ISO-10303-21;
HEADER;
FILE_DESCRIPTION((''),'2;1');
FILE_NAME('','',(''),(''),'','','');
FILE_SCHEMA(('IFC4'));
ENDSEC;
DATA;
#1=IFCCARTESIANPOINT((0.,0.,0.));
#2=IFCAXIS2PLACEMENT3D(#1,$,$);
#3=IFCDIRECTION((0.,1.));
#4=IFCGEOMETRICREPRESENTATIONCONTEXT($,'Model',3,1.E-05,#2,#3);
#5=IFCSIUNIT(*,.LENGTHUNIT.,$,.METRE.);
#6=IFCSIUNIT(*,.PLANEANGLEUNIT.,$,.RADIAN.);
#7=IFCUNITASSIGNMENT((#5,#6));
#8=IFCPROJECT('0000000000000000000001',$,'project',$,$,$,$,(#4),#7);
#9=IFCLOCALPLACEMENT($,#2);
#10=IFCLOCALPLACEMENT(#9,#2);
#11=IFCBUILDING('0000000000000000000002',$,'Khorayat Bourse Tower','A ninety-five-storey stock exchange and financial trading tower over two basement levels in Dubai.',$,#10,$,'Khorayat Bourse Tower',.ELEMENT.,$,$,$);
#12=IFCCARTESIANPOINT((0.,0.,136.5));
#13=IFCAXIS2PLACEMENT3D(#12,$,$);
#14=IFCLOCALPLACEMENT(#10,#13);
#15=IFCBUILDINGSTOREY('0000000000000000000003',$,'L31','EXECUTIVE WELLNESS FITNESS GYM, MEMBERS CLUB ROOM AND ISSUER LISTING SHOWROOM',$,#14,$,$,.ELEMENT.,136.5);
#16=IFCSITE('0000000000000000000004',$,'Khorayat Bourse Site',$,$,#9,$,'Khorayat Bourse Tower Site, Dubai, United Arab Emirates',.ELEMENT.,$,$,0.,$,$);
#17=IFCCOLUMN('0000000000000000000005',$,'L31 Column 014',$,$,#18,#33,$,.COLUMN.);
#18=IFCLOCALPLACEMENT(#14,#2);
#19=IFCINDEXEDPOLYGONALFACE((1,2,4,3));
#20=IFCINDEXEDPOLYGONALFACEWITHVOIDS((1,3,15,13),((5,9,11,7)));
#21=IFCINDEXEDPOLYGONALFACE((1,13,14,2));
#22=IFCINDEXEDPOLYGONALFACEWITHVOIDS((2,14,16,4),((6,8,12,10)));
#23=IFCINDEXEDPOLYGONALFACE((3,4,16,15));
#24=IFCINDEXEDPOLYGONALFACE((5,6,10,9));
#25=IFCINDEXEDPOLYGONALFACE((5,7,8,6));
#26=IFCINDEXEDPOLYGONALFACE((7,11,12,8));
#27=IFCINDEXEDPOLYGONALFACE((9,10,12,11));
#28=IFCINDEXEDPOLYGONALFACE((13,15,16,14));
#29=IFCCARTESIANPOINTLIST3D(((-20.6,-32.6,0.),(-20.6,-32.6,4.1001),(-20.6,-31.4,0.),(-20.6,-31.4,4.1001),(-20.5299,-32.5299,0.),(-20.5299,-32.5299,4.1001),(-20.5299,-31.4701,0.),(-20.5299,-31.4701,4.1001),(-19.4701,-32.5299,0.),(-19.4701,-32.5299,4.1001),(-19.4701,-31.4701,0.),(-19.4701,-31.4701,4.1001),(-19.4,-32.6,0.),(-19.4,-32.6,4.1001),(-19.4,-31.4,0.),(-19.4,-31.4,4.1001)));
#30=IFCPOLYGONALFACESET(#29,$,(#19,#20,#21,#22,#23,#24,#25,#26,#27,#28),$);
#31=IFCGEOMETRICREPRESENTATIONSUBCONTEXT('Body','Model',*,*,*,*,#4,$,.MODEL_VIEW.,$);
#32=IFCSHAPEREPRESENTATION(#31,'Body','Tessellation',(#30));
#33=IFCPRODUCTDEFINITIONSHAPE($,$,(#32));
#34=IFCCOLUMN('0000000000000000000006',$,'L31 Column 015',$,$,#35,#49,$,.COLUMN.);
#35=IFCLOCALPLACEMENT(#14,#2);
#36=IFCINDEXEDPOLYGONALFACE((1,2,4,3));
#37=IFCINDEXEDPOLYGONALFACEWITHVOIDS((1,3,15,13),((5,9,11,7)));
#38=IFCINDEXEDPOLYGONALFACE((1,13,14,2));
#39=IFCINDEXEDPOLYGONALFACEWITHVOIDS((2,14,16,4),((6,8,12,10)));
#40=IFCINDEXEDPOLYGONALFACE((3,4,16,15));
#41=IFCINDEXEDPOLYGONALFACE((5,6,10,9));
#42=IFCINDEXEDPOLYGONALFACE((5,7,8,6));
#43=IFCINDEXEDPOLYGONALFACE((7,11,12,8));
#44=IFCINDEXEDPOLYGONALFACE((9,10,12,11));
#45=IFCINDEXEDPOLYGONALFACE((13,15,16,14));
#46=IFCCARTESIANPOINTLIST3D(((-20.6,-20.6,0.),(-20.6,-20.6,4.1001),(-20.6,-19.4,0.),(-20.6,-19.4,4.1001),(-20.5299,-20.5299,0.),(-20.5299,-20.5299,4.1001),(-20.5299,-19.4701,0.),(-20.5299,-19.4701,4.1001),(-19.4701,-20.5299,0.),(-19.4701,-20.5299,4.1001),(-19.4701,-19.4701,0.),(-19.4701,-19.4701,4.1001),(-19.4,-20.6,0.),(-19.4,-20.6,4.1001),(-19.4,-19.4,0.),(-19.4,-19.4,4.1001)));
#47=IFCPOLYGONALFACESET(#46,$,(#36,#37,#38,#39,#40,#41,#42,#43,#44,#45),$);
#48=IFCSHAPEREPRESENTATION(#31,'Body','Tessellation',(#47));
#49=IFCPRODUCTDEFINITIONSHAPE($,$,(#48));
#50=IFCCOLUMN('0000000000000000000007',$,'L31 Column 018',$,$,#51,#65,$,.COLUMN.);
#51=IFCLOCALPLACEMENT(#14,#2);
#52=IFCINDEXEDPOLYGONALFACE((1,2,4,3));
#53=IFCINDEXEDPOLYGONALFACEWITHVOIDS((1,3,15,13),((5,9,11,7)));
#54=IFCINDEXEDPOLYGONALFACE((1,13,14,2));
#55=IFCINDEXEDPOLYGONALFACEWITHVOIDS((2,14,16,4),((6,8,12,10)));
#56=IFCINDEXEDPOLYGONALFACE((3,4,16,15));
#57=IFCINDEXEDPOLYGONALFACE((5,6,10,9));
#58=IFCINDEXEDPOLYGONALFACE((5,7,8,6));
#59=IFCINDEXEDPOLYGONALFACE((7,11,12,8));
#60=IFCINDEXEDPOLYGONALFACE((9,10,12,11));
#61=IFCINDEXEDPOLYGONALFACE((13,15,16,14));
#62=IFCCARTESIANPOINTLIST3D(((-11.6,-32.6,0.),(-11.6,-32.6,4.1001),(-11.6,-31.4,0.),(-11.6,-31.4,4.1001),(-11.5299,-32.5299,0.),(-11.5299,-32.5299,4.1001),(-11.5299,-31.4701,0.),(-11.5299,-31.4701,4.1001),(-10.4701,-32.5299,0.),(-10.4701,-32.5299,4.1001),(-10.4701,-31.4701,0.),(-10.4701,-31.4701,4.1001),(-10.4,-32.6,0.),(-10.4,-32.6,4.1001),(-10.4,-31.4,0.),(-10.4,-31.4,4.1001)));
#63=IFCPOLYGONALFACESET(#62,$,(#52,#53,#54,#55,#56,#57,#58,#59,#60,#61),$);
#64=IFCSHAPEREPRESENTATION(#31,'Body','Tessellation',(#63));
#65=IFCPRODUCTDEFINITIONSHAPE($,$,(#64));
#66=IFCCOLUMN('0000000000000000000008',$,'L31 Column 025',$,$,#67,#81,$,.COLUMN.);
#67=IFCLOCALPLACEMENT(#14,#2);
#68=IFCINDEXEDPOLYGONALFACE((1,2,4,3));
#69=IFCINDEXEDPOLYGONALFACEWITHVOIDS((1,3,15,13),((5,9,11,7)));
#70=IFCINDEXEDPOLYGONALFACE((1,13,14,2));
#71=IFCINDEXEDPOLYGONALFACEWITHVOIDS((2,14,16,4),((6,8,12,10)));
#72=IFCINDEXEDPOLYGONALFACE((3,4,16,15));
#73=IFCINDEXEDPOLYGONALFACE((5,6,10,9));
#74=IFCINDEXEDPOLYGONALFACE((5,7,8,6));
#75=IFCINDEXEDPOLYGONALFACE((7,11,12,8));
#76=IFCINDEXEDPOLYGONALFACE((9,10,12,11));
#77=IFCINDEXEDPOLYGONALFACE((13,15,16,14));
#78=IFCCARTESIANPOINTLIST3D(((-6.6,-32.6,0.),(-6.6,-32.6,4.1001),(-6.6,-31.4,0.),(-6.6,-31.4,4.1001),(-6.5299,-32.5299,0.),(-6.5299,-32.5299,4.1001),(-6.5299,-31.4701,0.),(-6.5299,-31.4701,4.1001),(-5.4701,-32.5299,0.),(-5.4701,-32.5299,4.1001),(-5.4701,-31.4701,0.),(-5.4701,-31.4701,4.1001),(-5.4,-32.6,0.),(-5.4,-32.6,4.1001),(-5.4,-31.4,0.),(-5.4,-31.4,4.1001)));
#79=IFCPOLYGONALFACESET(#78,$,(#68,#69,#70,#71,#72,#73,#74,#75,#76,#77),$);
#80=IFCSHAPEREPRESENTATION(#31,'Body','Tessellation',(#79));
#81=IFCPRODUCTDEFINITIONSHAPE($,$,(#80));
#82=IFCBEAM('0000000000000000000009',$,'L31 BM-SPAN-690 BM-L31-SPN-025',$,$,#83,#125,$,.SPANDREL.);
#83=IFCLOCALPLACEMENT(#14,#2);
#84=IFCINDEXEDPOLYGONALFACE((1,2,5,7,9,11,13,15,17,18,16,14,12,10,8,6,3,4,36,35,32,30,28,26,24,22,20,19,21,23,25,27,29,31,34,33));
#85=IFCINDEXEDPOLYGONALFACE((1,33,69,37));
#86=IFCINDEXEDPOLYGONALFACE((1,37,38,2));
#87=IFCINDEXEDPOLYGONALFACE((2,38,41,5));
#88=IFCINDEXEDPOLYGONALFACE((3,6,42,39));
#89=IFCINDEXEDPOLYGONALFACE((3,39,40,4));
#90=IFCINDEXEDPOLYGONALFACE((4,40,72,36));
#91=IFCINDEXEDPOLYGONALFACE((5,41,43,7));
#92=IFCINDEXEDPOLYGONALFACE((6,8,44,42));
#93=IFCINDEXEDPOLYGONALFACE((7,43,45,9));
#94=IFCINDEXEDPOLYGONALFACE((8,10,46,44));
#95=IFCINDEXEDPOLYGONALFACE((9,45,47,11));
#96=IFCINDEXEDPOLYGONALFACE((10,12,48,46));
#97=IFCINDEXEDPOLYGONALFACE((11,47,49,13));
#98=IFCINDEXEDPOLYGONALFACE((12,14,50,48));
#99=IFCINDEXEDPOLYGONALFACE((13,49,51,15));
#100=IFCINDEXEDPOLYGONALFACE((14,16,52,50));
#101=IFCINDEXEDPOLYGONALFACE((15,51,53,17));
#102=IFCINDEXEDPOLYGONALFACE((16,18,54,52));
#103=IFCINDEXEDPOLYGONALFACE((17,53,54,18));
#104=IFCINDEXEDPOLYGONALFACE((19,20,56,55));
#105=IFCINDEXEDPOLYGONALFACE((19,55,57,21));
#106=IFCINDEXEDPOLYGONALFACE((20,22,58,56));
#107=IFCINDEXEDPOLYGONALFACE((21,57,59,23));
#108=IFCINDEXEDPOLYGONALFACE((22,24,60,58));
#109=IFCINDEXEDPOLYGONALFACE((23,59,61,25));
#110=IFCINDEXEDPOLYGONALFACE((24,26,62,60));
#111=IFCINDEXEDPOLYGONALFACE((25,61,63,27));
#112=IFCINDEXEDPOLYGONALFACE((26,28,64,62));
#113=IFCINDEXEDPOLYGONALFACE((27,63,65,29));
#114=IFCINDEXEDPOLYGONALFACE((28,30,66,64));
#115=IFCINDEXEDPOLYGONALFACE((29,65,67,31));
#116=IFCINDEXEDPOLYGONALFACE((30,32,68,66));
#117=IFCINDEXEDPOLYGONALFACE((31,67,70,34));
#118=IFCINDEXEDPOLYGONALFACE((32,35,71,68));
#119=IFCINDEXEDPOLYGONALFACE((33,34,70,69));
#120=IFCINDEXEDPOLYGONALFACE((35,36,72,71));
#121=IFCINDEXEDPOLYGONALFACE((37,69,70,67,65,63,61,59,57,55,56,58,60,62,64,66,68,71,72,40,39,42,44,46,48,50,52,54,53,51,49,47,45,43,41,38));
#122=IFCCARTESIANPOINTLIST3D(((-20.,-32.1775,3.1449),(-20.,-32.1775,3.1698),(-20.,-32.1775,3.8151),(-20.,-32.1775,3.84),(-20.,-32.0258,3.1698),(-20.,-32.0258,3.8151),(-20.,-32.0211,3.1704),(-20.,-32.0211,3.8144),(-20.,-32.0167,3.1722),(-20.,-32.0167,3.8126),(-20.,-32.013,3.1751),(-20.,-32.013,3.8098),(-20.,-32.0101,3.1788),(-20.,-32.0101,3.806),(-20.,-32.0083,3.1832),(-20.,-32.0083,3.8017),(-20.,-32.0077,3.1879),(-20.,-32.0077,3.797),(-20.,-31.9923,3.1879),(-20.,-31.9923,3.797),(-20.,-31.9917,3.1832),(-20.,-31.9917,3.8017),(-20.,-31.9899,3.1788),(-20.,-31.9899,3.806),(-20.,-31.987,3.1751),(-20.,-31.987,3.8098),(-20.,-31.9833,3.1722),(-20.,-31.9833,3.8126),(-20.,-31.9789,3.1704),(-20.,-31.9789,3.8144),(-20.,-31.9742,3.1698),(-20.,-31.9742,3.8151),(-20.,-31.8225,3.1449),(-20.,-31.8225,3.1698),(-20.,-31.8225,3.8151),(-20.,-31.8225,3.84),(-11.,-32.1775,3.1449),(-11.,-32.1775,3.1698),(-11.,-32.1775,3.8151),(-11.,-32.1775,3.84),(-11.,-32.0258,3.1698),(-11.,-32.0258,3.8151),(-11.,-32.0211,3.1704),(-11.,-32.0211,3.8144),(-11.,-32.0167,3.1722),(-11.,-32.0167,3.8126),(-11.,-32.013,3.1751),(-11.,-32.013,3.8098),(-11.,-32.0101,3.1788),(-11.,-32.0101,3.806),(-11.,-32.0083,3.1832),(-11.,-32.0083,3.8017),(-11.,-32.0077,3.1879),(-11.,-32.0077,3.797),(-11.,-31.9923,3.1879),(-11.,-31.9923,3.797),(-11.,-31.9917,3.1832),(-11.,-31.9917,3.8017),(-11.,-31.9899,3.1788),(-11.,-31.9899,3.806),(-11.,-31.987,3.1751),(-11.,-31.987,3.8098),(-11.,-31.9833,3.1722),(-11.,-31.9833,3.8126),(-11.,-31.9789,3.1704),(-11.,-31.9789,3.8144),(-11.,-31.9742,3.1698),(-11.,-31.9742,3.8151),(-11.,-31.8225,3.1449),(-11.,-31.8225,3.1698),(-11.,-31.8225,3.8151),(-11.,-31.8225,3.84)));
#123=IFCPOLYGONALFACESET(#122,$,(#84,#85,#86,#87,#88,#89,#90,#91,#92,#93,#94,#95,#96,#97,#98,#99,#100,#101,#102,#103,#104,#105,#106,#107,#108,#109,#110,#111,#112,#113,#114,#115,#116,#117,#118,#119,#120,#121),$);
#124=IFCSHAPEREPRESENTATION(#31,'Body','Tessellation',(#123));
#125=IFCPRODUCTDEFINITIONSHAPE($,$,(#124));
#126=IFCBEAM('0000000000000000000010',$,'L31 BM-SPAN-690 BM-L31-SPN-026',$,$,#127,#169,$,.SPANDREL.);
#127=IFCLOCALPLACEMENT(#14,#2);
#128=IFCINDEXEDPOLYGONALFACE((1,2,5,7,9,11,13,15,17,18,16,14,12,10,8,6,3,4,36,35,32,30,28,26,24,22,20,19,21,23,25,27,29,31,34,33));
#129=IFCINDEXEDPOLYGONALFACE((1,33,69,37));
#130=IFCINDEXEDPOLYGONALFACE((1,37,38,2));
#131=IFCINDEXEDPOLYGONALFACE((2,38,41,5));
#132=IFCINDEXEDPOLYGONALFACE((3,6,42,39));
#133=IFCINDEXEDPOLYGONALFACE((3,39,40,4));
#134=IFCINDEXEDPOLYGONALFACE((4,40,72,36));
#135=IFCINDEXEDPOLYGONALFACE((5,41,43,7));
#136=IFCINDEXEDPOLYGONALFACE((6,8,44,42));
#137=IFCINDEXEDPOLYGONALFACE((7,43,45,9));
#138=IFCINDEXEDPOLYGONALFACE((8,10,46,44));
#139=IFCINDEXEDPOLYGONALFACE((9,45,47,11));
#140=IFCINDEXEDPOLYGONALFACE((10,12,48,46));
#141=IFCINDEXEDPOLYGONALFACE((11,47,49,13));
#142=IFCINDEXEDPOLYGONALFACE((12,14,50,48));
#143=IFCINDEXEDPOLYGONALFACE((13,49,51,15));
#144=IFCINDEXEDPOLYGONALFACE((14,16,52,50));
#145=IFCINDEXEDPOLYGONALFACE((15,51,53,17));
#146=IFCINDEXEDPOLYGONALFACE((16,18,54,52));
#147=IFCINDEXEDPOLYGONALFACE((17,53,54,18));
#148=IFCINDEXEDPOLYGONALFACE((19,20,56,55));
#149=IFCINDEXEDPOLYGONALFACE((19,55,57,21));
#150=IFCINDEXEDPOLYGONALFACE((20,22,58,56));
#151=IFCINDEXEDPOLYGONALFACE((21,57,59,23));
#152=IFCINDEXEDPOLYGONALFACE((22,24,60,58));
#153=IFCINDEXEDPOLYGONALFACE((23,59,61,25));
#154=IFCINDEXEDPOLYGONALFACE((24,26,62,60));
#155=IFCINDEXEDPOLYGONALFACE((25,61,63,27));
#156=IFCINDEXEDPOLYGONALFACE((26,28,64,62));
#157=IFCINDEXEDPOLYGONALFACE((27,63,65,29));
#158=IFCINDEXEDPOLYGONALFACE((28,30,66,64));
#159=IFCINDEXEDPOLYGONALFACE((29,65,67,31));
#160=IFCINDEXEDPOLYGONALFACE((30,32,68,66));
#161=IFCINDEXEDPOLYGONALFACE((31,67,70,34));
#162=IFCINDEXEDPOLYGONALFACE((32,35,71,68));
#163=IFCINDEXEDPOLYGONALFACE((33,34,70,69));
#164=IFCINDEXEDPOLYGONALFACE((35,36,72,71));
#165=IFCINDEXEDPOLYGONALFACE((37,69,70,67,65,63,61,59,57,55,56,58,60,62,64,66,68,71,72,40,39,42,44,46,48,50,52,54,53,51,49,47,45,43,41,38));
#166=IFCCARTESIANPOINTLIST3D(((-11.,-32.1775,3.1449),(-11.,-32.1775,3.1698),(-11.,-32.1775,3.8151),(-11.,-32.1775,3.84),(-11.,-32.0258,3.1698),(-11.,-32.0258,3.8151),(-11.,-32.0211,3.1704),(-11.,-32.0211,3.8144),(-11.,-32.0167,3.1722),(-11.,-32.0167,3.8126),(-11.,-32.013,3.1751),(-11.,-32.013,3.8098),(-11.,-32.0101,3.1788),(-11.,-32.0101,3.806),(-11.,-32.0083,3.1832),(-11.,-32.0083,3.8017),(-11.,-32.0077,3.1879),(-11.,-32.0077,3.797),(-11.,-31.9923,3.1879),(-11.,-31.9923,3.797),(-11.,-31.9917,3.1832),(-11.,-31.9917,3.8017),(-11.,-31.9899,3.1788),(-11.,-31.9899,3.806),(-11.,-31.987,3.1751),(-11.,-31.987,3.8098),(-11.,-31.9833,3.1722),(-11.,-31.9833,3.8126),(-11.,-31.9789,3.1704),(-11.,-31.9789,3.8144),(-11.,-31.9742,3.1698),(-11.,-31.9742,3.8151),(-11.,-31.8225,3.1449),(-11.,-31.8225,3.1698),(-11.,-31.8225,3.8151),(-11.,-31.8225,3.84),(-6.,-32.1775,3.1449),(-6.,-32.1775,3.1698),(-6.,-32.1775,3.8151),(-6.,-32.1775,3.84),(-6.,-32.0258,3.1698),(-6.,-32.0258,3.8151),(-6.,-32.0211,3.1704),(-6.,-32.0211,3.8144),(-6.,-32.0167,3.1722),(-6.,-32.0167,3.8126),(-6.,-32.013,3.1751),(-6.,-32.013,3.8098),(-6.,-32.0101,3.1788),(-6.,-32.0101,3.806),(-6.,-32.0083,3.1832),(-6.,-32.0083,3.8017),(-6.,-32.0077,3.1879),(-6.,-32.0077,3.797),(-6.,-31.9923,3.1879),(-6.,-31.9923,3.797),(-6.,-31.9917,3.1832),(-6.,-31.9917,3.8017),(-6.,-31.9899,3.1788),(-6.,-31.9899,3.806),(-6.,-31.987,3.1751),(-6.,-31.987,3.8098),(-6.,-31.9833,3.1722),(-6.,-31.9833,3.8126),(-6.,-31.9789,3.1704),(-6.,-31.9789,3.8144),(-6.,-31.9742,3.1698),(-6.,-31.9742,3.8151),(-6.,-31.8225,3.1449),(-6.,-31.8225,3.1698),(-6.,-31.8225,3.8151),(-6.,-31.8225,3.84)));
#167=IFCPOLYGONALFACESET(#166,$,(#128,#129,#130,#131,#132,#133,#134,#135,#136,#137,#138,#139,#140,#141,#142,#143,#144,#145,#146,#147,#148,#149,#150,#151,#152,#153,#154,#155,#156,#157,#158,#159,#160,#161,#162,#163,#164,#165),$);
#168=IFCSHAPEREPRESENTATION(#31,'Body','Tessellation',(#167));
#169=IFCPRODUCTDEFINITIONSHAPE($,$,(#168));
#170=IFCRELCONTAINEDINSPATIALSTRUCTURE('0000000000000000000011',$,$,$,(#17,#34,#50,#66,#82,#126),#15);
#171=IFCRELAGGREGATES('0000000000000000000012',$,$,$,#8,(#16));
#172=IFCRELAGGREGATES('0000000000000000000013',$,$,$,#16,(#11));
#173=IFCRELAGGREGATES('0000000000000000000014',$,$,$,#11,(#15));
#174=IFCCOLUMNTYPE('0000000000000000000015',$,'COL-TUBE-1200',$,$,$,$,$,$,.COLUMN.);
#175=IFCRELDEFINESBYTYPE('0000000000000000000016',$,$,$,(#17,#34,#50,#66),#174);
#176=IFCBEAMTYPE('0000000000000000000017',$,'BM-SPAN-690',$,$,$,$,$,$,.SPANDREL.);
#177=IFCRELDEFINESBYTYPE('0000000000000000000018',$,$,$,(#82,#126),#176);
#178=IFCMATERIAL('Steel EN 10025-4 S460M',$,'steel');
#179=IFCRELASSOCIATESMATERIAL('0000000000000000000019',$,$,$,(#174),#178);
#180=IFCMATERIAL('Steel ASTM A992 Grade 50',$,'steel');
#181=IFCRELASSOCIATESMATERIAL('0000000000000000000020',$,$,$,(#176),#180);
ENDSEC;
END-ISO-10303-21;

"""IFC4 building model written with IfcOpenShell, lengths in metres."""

from ifc_helpers import new_model, si_unit, direction, frame, origin, origin_2d, place, context, subcontext, project, spatial, hollow_rectangle, i_section, extrude, source, transform, mapped, material, material_profile, profile_set, type_object, element, save


model = new_model("IFC4")

# Units and contexts
model_context = context("Model", 3, precision=1e-05, world=origin(), true_north=direction((0.0, 1.0)))
body_context = subcontext(model_context, "Body", "Model", "MODEL_VIEW")
ifc_project = project(units=[si_unit("LENGTHUNIT", "METRE"), si_unit("PLANEANGLEUNIT", "RADIAN")], contexts=[model_context])

# Site, building, storey
site_placement = place(None, origin())
site = spatial("IfcSite", under=ifc_project, at=site_placement, Name="Khorayat Bourse Site", LongName="Khorayat Bourse Tower Site, Dubai, United Arab Emirates", CompositionType="ELEMENT", RefElevation=0.0)
building_placement = place(site_placement, origin())
building = spatial("IfcBuilding", under=site, at=building_placement, Name="Khorayat Bourse Tower", Description="A ninety-five-storey stock exchange and financial trading tower over two basement levels in Dubai.", LongName="Khorayat Bourse Tower", CompositionType="ELEMENT")
storey_placement = place(building_placement, frame((0.0, 0.0, 136.5)))
storey = spatial("IfcBuildingStorey", under=building, at=storey_placement, Name="L31", Description="EXECUTIVE WELLNESS FITNESS GYM, MEMBERS CLUB ROOM AND ISSUER LISTING SHOWROOM", CompositionType="ELEMENT", Elevation=136.5)

# Columns
ifc_material_1 = material(Name="Steel EN 10025-4 S460M", Category="steel")
ifc_material_profile_1 = material_profile(ifc_material_1, hollow_rectangle(XDim=1.2, YDim=1.2, WallThickness=0.0701, at=origin_2d()), Name="BOX 1200x1200x70")
ifc_profile_set_1 = profile_set([ifc_material_profile_1], Name="Steel EN 10025-4 S460M")
column_type = type_object("IfcColumnType", Name="COL-TUBE-1200", PredefinedType="COLUMN", material=ifc_profile_set_1)
shared_shape_1 = source(origin(), body_context, "Body", "SweptSolid", [
    extrude(hollow_rectangle(XDim=1.2, YDim=1.2, WallThickness=0.0701, at=origin_2d()), origin(), (0.0, 0.0, 1.0), 4.1001),
])
for number, where, z_axis, x_axis, name in (
    (1, (-20.0, -32.0, 0.0), (0.0, 0.0, 1.0), (1.0, 0.0, 0.0), "L31 Column 014"),
    (2, (-20.0, -20.0, 0.0), (0.0, 0.0, 1.0), (1.0, 0.0, 0.0), "L31 Column 015"),
    (3, (-11.0, -32.0, 0.0), (0.0, 0.0, 1.0), (1.0, 0.0, 0.0), "L31 Column 018"),
    (4, (-6.0, -32.0, 0.0), (0.0, 0.0, 1.0), (1.0, 0.0, 0.0), "L31 Column 025"),
):
    element("IfcColumn", number, at=place(storey_placement, frame(where, z_axis=z_axis, x_axis=x_axis)), inside=storey, type_object=column_type, Name=name, PredefinedType="COLUMN", context=body_context, shape_type="MappedRepresentation", body=[
        mapped(shared_shape_1, transform((0.0, 0.0, 0.0), scale=1.0)),
    ])

# Beams
ifc_material_2 = material(Name="Steel ASTM A992 Grade 50", Category="steel")
ifc_material_profile_2 = material_profile(ifc_material_2, i_section(OverallWidth=0.355, OverallDepth=0.6951, WebThickness=0.0154, FlangeThickness=0.0249, FilletRadius=0.0181, at=origin_2d()), Name="W690X217")
ifc_profile_set_2 = profile_set([ifc_material_profile_2], Name="Steel ASTM A992 Grade 50")
beam_type_1 = type_object("IfcBeamType", Name="BM-SPAN-690", PredefinedType="SPANDREL", material=ifc_profile_set_2)
shared_shape_2 = source(origin(), body_context, "Body", "SweptSolid", [
    extrude(i_section(OverallWidth=0.355, OverallDepth=0.6951, WebThickness=0.0154, FlangeThickness=0.0249, FilletRadius=0.0181, at=origin_2d()), origin(), (0.0, 0.0, 1.0), 9.0),
])
beam_1_placement = place(storey_placement, frame((-20.0, -32.0, 3.4924), z_axis=(1.0, 0.0, 0.0), x_axis=(0.0, 1.0, 0.0)))
element("IfcBeam", 5, at=beam_1_placement, inside=storey, type_object=beam_type_1, Name="L31 BM-SPAN-690 BM-L31-SPN-025", PredefinedType="SPANDREL", context=body_context, shape_type="MappedRepresentation", body=[
    mapped(shared_shape_2, transform((0.0, 0.0, 0.0), scale=1.0)),
])
shared_shape_3 = source(origin(), body_context, "Body", "SweptSolid", [
    extrude(i_section(OverallWidth=0.355, OverallDepth=0.6951, WebThickness=0.0154, FlangeThickness=0.0249, FilletRadius=0.0181, at=origin_2d()), origin(), (0.0, 0.0, 1.0), 5.0),
])
beam_2_placement = place(storey_placement, frame((-11.0, -32.0, 3.4924), z_axis=(1.0, 0.0, 0.0), x_axis=(0.0, 1.0, 0.0)))
element("IfcBeam", 6, at=beam_2_placement, inside=storey, type_object=beam_type_1, Name="L31 BM-SPAN-690 BM-L31-SPN-026", PredefinedType="SPANDREL", context=body_context, shape_type="MappedRepresentation", body=[
    mapped(shared_shape_3, transform((0.0, 0.0, 0.0), scale=1.0)),
])

save(model, "model.ifc")
